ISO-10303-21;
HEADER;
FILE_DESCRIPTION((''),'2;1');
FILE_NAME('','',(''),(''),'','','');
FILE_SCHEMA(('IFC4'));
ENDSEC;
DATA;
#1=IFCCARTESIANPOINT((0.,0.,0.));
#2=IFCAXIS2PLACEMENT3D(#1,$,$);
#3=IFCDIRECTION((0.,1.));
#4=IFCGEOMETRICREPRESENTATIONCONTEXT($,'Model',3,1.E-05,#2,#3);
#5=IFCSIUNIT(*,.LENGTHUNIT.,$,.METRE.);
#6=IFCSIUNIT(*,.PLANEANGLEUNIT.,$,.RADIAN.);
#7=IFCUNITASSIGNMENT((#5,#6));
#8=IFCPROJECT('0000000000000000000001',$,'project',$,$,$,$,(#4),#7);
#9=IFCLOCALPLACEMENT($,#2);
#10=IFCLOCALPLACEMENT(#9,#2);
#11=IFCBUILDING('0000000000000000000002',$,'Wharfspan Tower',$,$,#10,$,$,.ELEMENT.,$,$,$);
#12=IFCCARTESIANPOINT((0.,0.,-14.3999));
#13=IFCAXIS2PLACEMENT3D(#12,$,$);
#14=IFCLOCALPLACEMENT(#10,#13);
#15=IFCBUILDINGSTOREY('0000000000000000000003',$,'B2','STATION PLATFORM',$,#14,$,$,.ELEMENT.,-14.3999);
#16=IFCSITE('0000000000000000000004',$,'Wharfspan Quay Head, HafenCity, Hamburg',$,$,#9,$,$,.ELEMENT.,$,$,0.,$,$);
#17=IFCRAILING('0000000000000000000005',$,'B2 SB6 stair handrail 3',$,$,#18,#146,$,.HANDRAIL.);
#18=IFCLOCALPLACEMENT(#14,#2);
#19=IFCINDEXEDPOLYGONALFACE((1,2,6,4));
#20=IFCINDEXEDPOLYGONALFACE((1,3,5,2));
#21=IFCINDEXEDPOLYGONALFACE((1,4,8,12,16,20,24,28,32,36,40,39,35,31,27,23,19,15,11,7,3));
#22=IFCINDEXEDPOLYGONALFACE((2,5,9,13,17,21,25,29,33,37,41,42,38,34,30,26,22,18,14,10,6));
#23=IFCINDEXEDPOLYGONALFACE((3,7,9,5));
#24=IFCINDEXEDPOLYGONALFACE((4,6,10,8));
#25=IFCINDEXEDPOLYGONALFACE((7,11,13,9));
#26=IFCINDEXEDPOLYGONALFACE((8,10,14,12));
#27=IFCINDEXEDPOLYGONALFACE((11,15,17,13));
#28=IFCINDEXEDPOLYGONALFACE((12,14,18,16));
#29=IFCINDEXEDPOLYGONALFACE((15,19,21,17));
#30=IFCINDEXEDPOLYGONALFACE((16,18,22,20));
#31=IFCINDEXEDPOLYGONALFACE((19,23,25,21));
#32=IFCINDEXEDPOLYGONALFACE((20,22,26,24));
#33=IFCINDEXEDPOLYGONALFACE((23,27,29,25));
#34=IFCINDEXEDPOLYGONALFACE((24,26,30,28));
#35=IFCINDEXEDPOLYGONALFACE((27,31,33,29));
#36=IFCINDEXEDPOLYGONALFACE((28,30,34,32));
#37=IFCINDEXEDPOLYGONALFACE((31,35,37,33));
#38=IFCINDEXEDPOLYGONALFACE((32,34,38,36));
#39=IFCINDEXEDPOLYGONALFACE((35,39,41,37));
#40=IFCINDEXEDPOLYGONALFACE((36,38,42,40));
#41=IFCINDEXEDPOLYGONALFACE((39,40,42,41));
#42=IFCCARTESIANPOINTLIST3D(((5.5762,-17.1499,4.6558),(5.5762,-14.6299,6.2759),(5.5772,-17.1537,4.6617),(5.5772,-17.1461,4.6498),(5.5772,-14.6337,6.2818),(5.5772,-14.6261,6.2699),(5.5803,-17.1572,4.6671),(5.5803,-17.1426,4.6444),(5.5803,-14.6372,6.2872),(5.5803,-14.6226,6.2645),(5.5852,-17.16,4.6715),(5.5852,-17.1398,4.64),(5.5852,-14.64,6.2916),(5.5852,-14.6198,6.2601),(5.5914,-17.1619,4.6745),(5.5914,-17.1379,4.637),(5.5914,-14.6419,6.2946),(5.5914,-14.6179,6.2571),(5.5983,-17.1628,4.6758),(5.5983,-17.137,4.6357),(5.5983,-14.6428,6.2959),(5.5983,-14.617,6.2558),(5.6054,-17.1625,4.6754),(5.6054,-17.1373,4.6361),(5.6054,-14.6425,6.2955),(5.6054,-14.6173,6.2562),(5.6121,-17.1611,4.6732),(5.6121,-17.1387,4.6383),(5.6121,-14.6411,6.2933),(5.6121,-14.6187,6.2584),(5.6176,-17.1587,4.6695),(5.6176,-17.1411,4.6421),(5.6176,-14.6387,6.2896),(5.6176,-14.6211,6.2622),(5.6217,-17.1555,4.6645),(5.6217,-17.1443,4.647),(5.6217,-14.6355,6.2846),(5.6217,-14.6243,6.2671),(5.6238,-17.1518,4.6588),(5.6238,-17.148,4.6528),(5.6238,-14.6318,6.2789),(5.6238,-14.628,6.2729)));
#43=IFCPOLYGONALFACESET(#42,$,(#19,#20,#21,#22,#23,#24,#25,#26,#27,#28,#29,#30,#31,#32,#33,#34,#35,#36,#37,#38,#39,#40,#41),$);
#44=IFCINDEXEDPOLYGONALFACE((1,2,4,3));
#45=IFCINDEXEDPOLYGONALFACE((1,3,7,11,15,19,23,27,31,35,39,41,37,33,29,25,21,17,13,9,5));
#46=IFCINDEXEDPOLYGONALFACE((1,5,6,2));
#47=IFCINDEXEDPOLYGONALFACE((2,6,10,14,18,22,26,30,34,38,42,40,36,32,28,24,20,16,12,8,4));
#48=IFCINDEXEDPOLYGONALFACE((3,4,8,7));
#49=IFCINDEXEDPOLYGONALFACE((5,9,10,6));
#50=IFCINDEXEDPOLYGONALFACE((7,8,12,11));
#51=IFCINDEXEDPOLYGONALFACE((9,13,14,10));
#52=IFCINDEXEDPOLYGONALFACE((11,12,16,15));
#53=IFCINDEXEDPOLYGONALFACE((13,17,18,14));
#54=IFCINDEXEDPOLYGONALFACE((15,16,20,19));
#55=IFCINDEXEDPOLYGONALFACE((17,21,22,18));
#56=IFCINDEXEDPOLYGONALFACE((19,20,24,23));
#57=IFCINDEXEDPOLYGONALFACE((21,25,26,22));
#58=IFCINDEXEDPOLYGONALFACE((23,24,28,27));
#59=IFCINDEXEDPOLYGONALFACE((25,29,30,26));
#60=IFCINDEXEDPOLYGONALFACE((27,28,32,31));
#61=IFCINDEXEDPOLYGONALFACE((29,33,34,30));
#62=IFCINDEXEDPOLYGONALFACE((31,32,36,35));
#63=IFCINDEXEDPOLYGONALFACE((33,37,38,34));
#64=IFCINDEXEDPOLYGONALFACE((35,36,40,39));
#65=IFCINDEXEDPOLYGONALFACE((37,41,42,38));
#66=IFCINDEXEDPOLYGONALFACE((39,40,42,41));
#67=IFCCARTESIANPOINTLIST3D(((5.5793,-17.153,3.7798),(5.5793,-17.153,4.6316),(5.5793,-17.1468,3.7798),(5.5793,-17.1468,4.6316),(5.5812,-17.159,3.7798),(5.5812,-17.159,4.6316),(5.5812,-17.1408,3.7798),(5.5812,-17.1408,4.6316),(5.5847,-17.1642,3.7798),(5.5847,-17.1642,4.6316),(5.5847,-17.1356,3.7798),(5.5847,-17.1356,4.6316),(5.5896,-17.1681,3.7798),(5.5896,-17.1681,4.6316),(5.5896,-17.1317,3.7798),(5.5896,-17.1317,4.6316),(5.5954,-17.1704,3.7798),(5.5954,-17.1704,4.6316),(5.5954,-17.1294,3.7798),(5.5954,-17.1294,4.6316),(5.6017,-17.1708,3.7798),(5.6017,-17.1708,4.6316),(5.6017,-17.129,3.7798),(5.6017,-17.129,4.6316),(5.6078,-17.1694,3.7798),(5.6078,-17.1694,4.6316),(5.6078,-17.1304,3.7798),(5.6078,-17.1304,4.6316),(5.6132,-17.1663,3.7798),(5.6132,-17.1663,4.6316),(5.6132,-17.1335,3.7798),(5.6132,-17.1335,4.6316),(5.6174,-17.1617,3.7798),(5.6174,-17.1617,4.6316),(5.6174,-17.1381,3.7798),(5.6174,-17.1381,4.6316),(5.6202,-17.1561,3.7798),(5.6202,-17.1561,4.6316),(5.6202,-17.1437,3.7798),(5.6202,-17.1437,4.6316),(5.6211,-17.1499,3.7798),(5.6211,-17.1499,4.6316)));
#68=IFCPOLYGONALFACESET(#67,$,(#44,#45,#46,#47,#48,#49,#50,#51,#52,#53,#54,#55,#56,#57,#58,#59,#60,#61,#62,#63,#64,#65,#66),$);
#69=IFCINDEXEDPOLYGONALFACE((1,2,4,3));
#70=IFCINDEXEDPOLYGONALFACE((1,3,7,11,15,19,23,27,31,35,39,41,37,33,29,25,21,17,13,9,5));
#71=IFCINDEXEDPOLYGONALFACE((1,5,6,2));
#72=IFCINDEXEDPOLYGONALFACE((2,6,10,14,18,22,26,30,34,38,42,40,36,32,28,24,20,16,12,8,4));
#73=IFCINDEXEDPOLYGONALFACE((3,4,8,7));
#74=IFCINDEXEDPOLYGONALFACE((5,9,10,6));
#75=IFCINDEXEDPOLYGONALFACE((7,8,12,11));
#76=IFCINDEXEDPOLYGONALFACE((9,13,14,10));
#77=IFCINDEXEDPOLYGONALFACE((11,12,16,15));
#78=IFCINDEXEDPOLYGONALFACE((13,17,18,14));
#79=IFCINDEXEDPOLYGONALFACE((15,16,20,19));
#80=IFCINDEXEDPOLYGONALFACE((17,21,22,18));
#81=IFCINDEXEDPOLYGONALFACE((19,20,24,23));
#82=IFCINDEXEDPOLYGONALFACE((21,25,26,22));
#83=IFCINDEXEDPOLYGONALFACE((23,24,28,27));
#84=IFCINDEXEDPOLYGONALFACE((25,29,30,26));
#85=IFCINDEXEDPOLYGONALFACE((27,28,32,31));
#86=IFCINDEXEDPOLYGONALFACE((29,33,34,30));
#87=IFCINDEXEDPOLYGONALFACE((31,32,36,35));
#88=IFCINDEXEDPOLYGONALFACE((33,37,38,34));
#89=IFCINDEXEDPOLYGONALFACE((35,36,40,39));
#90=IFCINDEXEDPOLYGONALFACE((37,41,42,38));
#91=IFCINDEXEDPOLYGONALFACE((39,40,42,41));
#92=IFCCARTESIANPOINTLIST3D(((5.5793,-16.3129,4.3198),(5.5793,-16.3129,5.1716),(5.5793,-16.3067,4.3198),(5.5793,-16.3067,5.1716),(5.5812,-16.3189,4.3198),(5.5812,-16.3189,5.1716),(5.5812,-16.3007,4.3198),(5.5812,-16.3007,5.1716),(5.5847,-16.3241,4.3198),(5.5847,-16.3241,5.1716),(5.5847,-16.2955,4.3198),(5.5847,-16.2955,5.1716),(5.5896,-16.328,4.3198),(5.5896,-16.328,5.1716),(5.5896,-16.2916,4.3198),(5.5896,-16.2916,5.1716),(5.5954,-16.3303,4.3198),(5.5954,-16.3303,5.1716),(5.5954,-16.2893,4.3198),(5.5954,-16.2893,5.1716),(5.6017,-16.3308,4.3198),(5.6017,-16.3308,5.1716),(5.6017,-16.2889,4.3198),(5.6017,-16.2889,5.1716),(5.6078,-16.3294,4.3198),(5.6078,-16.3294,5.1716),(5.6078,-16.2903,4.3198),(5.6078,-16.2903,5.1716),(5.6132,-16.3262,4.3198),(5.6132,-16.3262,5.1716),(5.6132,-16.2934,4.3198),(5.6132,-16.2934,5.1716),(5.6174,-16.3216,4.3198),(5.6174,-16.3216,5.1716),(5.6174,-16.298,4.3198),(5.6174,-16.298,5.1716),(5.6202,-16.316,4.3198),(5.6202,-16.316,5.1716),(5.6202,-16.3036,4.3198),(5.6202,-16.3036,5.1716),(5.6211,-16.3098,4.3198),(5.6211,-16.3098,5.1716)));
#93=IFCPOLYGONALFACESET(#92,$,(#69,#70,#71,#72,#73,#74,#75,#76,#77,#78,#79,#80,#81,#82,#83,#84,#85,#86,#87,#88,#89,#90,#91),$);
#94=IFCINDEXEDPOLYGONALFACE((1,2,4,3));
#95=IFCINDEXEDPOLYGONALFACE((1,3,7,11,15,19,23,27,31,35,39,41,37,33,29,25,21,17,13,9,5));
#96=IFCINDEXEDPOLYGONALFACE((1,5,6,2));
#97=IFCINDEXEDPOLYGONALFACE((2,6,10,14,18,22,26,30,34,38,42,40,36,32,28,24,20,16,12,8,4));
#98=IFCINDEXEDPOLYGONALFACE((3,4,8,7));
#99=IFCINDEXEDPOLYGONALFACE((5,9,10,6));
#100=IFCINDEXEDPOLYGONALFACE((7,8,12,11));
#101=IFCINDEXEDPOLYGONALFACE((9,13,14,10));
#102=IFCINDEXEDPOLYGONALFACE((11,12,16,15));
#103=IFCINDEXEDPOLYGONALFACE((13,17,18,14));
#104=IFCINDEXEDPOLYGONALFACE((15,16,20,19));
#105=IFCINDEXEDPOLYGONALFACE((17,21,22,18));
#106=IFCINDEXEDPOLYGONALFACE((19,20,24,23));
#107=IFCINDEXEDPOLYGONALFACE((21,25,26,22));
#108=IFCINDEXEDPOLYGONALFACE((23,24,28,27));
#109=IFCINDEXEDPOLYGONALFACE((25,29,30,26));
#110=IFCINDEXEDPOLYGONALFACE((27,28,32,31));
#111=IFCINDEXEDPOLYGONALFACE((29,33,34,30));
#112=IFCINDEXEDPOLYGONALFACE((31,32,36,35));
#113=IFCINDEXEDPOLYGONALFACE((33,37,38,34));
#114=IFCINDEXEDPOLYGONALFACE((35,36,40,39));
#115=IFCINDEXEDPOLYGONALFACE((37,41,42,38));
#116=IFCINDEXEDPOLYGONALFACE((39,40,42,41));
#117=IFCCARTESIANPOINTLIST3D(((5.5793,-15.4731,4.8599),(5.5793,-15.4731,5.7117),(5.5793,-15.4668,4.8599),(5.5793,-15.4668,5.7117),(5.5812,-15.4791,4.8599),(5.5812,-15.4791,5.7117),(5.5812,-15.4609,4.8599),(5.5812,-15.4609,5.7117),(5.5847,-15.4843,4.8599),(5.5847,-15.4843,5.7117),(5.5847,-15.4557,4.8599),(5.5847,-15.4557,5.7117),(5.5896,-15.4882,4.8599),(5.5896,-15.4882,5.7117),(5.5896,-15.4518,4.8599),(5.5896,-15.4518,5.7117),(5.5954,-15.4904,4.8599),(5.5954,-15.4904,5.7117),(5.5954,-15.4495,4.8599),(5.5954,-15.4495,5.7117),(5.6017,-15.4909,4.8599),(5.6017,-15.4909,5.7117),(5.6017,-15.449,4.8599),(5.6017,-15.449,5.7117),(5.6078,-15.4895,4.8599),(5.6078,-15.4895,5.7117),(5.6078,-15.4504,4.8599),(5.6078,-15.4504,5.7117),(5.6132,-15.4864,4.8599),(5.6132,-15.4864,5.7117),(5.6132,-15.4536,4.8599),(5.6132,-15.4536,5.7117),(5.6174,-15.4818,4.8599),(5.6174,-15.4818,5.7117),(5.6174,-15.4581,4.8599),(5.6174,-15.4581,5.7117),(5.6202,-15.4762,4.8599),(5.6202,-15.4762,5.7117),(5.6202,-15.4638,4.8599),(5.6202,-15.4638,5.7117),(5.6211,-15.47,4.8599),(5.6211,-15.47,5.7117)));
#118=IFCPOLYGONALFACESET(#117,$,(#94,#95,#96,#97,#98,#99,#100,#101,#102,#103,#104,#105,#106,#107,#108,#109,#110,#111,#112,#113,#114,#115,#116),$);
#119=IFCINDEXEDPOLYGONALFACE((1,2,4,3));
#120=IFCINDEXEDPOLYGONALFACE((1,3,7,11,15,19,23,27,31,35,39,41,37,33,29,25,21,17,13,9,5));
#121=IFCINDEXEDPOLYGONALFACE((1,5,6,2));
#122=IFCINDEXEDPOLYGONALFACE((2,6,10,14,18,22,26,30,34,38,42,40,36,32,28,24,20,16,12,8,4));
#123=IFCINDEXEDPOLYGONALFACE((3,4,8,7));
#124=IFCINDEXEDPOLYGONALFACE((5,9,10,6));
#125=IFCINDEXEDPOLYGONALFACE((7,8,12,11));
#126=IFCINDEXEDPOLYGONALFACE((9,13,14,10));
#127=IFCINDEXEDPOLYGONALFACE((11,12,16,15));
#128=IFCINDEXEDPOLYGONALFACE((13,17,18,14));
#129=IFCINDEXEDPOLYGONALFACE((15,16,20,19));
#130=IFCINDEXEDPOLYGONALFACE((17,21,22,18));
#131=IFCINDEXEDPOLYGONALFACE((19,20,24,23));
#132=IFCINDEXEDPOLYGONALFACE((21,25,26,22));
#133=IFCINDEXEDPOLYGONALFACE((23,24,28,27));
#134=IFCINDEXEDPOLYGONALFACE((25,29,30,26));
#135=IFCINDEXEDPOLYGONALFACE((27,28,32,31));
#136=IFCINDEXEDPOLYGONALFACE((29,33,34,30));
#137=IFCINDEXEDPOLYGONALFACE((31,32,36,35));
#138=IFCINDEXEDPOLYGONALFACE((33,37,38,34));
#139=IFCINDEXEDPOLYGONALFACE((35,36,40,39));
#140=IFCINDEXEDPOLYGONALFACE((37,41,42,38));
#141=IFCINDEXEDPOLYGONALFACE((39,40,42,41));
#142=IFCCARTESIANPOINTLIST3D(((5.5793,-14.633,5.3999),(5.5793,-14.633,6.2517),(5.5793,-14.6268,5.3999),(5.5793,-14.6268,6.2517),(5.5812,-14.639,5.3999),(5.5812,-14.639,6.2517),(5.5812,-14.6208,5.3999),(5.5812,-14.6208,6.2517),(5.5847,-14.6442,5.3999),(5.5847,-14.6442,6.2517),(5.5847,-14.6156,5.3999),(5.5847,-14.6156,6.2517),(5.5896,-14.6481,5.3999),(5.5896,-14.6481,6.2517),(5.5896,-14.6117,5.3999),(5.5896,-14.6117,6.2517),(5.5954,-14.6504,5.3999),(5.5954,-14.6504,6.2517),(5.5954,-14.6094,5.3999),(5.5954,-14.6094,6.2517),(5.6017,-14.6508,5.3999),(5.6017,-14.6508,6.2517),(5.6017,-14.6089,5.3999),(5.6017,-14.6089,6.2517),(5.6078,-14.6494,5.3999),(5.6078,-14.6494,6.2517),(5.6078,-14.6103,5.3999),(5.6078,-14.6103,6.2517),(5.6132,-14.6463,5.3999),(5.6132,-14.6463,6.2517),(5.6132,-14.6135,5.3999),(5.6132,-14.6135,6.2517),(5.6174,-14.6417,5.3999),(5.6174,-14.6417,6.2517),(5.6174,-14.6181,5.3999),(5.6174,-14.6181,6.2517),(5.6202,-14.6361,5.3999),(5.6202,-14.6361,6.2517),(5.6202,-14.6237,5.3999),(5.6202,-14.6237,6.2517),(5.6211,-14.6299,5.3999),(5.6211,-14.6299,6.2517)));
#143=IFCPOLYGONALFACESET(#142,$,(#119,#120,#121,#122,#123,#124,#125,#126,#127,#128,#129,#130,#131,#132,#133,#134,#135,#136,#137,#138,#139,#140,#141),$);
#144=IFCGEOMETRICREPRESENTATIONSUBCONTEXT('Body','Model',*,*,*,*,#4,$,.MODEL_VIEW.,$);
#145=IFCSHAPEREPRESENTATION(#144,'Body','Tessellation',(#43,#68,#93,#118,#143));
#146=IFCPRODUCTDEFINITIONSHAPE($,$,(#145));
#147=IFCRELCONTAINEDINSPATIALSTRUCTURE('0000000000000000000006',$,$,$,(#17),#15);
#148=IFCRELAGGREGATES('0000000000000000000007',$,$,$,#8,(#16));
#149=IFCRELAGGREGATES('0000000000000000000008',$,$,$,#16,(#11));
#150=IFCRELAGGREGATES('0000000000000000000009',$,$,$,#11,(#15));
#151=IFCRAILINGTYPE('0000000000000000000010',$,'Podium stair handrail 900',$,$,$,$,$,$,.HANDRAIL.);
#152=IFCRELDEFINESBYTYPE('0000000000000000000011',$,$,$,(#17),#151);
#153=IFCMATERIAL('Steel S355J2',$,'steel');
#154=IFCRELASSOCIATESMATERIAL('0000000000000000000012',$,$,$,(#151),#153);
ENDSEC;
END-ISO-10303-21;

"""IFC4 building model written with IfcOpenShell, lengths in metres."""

from ifc_helpers import new_model, si_unit, direction, frame, origin, origin_2d, place, context, subcontext, project, spatial, circle, extrude, material, type_object, element, save


model = new_model("IFC4")

# Units and contexts
model_context = context("Model", 3, precision=1e-05, world=origin(), true_north=direction((0.0, 1.0)))
body_context = subcontext(model_context, "Body", "Model", "MODEL_VIEW")
ifc_project = project(units=[si_unit("LENGTHUNIT", "METRE"), si_unit("PLANEANGLEUNIT", "RADIAN")], contexts=[model_context])

# Site, building, storey
site_placement = place(None, origin())
site = spatial("IfcSite", under=ifc_project, at=site_placement, Name="Wharfspan Quay Head, HafenCity, Hamburg", CompositionType="ELEMENT", RefElevation=0.0)
building_placement = place(site_placement, origin())
building = spatial("IfcBuilding", under=site, at=building_placement, Name="Wharfspan Tower", CompositionType="ELEMENT")
storey_placement = place(building_placement, frame((0.0, 0.0, -14.3999)))
storey = spatial("IfcBuildingStorey", under=building, at=storey_placement, Name="B2", Description="STATION PLATFORM", CompositionType="ELEMENT", Elevation=-14.3999)

# Railing
ifc_material_1 = material(Name="Steel S355J2", Category="steel")
railing_type_1 = type_object("IfcRailingType", Name="Podium stair handrail 900", PredefinedType="HANDRAIL", material=ifc_material_1)
railing_1_placement = place(storey_placement, frame((5.6001, -17.1499, 3.7798)))
element("IfcRailing", 1, at=railing_1_placement, inside=storey, type_object=railing_type_1, Name="B2 SB6 stair handrail 3", PredefinedType="HANDRAIL", context=body_context, shape_type="SweptSolid", body=[
    extrude(circle(Radius=0.0239, at=origin_2d()), frame((0.0, 0.0, 0.876), z_axis=(0.0, 0.841163, 0.540782), x_axis=(-1.0, 0.0, 0.0)), (0.0, 0.0, 1.0), 2.9958),
    extrude(circle(Radius=0.021, at=origin_2d()), origin(), (0.0, 0.0, 1.0), 0.8518),
    extrude(circle(Radius=0.021, at=origin_2d()), frame((0.0, 0.8401, 0.54)), (0.0, 0.0, 1.0), 0.8518),
    extrude(circle(Radius=0.021, at=origin_2d()), frame((0.0, 1.6799, 1.0801)), (0.0, 0.0, 1.0), 0.8518),
    extrude(circle(Radius=0.021, at=origin_2d()), frame((0.0, 2.52, 1.6201)), (0.0, 0.0, 1.0), 0.8518),
])

save(model, "model.ifc")
